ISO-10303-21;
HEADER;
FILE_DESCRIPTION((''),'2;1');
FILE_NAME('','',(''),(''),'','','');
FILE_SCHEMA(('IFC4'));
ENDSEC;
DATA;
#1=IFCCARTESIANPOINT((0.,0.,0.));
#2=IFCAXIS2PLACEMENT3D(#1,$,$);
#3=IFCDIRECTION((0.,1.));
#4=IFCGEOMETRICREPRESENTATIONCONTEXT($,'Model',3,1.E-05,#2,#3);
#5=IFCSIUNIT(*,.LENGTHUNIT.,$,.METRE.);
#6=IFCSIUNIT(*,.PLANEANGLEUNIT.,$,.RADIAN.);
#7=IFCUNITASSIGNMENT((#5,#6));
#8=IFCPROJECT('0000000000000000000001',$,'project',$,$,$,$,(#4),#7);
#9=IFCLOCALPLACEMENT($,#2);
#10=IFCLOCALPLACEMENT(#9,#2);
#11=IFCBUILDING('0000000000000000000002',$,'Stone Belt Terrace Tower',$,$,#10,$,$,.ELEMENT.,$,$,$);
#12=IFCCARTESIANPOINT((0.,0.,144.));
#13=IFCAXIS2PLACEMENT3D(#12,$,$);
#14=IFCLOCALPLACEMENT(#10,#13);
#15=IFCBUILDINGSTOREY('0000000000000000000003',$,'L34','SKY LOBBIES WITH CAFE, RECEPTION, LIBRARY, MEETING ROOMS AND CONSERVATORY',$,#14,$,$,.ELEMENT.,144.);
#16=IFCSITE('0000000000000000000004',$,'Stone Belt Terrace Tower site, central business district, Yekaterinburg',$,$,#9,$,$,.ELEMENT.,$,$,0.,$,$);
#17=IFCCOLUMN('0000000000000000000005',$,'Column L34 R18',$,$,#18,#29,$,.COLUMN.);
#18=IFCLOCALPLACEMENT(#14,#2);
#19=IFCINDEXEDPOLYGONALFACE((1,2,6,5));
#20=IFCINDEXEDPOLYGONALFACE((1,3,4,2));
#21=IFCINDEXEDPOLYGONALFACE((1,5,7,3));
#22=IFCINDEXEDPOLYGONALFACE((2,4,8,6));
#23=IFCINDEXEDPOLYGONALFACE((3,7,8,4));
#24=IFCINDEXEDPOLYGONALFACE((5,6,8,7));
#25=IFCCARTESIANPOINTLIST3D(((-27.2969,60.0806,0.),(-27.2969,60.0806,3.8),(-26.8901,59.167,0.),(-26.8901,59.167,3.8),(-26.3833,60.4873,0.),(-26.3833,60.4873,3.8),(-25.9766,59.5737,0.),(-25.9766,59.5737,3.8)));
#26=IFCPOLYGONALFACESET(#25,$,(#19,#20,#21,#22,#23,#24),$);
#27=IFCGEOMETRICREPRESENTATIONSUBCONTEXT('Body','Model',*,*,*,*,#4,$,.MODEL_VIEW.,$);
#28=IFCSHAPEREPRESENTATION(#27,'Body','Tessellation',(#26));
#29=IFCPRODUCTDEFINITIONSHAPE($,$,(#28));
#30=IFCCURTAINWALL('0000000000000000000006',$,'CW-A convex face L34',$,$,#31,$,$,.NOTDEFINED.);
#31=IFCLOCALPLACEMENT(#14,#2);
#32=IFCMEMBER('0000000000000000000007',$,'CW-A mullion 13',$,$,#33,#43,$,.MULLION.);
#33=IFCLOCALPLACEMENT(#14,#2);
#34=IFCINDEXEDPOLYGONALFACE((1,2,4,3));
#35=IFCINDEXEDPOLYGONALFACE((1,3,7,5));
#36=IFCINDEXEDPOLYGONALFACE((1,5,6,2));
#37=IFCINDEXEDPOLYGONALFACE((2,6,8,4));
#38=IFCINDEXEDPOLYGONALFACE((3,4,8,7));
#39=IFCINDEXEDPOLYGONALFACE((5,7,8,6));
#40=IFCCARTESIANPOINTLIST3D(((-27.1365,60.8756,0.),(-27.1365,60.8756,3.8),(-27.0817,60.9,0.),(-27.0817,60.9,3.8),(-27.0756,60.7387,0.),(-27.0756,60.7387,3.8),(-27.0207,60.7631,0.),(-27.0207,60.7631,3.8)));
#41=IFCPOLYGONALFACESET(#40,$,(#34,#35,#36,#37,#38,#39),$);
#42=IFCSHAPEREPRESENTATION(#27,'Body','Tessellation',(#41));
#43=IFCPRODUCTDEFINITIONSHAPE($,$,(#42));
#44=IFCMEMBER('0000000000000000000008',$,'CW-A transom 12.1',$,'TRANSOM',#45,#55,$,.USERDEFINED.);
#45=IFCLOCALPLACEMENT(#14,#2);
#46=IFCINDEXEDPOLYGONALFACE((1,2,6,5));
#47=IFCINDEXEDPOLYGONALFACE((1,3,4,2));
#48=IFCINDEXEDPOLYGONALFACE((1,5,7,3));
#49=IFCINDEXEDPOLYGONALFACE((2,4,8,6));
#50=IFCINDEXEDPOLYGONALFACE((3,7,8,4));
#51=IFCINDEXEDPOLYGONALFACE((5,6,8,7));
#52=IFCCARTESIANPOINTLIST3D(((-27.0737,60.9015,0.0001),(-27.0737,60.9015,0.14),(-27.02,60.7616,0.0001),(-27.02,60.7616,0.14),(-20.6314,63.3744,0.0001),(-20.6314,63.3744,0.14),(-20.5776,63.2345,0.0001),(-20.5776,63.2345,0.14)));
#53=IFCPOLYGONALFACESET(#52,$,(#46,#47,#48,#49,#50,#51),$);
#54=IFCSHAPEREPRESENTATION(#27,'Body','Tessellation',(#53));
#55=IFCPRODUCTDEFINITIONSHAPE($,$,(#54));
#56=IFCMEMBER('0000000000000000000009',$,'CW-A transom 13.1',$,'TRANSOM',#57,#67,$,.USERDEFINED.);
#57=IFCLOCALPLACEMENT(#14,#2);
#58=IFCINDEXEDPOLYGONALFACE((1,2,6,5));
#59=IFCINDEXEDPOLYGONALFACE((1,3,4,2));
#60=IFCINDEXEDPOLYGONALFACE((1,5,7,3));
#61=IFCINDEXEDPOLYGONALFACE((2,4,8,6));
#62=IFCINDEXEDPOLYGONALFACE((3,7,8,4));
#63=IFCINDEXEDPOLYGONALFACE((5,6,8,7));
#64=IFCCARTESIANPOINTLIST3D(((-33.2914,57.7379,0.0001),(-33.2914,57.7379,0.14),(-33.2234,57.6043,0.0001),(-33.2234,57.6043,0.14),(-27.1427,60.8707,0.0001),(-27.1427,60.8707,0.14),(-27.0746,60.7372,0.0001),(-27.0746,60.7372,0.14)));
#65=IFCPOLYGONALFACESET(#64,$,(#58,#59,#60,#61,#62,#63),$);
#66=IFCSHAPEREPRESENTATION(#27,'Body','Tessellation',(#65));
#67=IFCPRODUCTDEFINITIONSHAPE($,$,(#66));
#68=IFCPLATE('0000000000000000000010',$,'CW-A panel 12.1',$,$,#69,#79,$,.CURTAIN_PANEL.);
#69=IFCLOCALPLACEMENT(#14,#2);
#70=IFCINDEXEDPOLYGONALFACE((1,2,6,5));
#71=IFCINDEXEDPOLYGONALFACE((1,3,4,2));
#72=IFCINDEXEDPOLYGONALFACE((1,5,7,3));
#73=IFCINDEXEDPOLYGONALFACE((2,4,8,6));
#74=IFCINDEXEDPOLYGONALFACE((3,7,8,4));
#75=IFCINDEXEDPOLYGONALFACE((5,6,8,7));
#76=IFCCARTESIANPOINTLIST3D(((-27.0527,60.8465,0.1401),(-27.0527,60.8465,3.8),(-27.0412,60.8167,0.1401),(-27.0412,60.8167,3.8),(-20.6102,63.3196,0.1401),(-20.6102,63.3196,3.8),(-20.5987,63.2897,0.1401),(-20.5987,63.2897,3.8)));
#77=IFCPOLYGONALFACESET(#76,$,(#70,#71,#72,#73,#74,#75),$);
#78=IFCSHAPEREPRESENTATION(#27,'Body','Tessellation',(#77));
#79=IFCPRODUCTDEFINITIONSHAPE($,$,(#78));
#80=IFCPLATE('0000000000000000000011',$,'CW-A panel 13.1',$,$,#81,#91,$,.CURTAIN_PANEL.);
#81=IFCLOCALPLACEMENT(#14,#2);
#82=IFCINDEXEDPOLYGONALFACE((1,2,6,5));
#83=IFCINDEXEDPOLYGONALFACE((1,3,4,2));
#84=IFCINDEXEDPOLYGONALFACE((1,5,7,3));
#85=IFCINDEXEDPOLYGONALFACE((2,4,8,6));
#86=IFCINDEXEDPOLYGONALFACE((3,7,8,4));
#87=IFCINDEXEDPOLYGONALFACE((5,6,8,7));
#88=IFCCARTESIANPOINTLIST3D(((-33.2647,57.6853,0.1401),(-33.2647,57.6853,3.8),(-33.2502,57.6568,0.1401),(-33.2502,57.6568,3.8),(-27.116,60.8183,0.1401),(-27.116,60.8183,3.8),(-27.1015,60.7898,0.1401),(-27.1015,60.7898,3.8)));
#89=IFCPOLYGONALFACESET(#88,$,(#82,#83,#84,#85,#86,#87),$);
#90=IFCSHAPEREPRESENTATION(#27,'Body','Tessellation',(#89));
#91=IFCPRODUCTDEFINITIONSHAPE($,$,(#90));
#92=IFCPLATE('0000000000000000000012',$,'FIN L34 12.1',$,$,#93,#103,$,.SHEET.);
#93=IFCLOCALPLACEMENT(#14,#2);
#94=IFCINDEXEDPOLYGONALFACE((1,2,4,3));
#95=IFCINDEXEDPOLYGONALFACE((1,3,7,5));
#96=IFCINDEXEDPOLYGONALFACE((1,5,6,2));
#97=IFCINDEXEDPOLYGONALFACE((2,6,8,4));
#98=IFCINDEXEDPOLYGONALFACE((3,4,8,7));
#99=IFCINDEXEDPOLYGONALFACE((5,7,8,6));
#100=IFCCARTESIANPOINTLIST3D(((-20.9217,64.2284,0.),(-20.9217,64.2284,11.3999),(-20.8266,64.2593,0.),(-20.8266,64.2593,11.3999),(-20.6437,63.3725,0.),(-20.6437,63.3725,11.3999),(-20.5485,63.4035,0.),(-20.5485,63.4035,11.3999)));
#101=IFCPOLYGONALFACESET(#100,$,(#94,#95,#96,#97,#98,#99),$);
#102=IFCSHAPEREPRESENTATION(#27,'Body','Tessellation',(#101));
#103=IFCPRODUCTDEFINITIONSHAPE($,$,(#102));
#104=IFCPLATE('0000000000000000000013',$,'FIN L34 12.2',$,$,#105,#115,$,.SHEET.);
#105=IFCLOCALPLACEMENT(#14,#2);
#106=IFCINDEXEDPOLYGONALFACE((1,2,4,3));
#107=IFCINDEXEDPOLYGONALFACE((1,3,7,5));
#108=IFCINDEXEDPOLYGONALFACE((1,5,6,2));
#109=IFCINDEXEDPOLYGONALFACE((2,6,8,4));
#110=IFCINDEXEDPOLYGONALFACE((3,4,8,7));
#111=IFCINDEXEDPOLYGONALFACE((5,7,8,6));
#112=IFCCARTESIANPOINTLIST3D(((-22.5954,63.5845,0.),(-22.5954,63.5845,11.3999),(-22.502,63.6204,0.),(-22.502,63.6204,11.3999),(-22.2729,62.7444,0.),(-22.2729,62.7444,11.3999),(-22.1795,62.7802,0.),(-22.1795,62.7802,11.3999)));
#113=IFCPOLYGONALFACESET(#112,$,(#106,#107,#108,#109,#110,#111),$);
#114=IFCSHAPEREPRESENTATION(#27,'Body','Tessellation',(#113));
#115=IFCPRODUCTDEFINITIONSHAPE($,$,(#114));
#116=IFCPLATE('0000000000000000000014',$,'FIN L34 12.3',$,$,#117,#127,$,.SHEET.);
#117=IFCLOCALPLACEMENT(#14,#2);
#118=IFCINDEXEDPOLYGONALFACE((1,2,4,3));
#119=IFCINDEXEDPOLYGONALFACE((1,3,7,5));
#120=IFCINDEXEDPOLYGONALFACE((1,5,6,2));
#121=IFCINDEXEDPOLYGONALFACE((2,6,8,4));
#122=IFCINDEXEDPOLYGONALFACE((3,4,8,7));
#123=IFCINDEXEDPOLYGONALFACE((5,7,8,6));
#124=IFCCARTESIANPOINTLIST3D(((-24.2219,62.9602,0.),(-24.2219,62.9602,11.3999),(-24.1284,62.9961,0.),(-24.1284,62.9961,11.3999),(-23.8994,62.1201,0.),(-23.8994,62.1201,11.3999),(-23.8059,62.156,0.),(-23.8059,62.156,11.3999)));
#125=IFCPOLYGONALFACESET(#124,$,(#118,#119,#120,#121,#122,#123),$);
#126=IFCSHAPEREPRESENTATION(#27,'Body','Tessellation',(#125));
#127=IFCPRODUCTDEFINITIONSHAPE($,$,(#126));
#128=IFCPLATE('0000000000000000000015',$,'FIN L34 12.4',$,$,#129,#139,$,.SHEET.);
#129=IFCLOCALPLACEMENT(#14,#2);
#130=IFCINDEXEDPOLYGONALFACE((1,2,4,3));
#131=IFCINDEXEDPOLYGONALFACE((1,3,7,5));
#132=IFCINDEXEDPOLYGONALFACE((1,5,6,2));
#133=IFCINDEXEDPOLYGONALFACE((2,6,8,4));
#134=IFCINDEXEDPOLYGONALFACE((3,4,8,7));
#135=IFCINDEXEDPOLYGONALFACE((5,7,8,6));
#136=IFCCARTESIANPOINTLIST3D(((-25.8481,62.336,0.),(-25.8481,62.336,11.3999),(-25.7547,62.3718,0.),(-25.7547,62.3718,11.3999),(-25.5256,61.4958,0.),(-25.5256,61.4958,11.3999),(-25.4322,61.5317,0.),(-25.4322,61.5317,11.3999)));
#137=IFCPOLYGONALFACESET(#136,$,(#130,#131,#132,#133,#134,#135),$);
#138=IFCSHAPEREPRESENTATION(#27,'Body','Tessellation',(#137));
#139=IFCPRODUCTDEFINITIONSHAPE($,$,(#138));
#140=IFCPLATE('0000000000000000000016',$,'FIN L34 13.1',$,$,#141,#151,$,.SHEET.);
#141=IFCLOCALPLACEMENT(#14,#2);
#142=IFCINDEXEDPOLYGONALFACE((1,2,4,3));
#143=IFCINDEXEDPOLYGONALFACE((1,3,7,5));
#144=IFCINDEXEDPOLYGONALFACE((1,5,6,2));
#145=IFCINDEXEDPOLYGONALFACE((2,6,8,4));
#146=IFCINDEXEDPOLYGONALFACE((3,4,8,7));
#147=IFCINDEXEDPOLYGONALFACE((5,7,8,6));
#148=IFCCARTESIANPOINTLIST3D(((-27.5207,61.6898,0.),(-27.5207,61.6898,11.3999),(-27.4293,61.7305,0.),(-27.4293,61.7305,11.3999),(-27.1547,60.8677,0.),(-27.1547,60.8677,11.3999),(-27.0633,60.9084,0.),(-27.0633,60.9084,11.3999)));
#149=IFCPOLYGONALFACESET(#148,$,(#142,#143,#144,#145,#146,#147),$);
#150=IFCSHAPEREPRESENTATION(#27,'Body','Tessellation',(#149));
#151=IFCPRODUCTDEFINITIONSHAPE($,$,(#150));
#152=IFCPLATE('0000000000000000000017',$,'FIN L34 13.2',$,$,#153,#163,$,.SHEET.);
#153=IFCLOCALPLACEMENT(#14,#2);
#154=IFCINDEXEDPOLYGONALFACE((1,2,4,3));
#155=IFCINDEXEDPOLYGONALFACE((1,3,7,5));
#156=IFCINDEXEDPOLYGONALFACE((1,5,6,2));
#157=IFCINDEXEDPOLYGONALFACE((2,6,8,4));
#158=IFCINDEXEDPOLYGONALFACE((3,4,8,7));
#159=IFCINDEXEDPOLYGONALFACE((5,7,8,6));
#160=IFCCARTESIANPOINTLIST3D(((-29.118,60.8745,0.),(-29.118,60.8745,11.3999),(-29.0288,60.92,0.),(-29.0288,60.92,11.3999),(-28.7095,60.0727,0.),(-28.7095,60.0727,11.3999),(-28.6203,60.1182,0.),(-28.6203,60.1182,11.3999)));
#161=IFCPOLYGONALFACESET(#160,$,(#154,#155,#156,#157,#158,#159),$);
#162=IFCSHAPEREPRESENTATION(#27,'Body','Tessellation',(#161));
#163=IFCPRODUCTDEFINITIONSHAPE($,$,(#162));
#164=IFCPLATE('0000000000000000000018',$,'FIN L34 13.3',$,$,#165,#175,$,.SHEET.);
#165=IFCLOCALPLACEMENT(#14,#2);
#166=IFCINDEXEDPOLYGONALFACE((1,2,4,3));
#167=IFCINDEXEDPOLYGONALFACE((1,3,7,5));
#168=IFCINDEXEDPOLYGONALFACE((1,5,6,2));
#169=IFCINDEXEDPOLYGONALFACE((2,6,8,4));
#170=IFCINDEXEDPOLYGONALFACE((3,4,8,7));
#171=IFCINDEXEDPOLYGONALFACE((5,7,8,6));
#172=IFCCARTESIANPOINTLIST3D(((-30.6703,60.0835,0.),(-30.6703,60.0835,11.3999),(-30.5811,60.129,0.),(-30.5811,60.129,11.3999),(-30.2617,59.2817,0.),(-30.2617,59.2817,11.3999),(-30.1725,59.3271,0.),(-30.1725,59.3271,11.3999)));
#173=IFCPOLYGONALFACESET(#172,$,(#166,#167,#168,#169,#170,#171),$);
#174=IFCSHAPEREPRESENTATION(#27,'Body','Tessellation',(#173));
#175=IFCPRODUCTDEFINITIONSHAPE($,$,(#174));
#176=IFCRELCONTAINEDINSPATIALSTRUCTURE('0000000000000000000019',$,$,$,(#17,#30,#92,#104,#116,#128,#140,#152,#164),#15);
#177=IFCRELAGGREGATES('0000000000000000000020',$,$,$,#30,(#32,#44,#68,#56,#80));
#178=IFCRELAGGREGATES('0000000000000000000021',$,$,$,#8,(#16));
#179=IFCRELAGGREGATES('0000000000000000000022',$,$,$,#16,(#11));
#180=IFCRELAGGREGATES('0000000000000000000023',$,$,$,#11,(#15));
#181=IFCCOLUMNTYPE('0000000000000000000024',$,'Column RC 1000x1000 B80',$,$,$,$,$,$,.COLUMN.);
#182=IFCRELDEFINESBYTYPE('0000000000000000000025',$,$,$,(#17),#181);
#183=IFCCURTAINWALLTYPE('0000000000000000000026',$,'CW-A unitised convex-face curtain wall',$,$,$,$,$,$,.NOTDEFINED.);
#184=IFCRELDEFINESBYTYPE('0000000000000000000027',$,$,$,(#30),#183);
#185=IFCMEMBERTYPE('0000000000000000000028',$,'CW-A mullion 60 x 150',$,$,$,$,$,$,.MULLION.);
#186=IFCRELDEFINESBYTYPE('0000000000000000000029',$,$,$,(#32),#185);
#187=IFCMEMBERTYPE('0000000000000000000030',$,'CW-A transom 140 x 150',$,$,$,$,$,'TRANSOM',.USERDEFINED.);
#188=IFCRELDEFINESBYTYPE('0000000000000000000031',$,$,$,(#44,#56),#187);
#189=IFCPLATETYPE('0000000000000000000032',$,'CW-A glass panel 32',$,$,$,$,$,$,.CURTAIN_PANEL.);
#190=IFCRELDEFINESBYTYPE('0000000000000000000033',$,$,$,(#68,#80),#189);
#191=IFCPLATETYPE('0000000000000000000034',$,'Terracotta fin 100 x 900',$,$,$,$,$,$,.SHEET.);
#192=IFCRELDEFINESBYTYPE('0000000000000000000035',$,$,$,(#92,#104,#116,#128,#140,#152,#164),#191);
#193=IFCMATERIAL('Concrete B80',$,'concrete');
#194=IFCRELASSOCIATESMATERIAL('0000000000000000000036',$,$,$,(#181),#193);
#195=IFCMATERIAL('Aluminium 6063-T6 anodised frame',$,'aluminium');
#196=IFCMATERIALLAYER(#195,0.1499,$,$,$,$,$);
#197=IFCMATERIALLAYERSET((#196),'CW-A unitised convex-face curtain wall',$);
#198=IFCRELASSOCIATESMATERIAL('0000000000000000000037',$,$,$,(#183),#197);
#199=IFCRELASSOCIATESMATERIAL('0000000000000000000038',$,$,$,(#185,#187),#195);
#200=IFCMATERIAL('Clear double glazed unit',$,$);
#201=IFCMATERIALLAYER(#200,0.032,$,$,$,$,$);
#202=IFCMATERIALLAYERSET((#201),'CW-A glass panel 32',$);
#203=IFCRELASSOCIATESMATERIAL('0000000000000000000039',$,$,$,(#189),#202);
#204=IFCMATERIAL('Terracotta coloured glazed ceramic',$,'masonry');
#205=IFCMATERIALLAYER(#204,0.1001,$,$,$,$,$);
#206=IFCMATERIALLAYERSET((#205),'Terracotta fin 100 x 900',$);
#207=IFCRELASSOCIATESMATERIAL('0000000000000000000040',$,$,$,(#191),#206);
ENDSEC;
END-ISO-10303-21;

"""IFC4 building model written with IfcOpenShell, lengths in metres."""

from ifc_helpers import new_model, si_unit, direction, frame, origin, origin_2d, place, context, subcontext, project, spatial, rectangle, extrude, material, layer, layer_set, material_profile, profile_set, type_object, element, aggregate, save


model = new_model("IFC4")

# Units and contexts
model_context = context("Model", 3, precision=1e-05, world=origin(), true_north=direction((0.0, 1.0)))
body_context = subcontext(model_context, "Body", "Model", "MODEL_VIEW")
ifc_project = project(units=[si_unit("LENGTHUNIT", "METRE"), si_unit("PLANEANGLEUNIT", "RADIAN")], contexts=[model_context])

# Site, building, storey
site_placement = place(None, origin())
site = spatial("IfcSite", under=ifc_project, at=site_placement, Name="Stone Belt Terrace Tower site, central business district, Yekaterinburg", CompositionType="ELEMENT", RefElevation=0.0)
building_placement = place(site_placement, origin())
building = spatial("IfcBuilding", under=site, at=building_placement, Name="Stone Belt Terrace Tower", CompositionType="ELEMENT")
storey_placement = place(building_placement, frame((0.0, 0.0, 144.0)))
storey = spatial("IfcBuildingStorey", under=building, at=storey_placement, Name="L34", Description="SKY LOBBIES WITH CAFE, RECEPTION, LIBRARY, MEETING ROOMS AND CONSERVATORY", CompositionType="ELEMENT", Elevation=144.0)

# Column
ifc_material_1 = material(Name="Concrete B80", Category="concrete")
ifc_material_profile_1 = material_profile(ifc_material_1, rectangle(XDim=1.0, YDim=1.0, at=origin_2d()), Name="RC 1000x1000")
ifc_profile_set_1 = profile_set([ifc_material_profile_1], Name="Concrete B80")
column_type = type_object("IfcColumnType", Name="Column RC 1000x1000 B80", PredefinedType="COLUMN", material=ifc_profile_set_1)
column_placement = place(storey_placement, frame((-26.6367, 59.8271, 0.0), z_axis=(0.0, 0.0, 1.0), x_axis=(0.913545, 0.406737, 0.0)))
element("IfcColumn", 1, at=column_placement, inside=storey, type_object=column_type, Name="Column L34 R18", PredefinedType="COLUMN", context=body_context, shape_type="SweptSolid", body=[
    extrude(rectangle(XDim=1.0, YDim=1.0, at=origin_2d()), origin(), (0.0, 0.0, 1.0), 3.8),
])

# Curtain wall, members, plates
ifc_material_2 = material(Name="Aluminium 6063-T6 anodised frame", Category="aluminium")
ifc_layer_1 = layer(ifc_material_2, 0.1499)
ifc_layer_set_1 = layer_set([ifc_layer_1], Name="CW-A unitised convex-face curtain wall")
curtain_wall_type = type_object("IfcCurtainWallType", Name="CW-A unitised convex-face curtain wall", PredefinedType="NOTDEFINED", material=ifc_layer_set_1)
curtain_wall_placement = place(storey_placement, origin())
curtain_wall = element("IfcCurtainWall", 2, at=curtain_wall_placement, inside=storey, type_object=curtain_wall_type, Name="CW-A convex face L34", PredefinedType="NOTDEFINED")
ifc_material_profile_2 = material_profile(ifc_material_2, rectangle(XDim=0.1499, YDim=0.0601, at=origin_2d()), Name="Aluminium 6063-T6 60x150")
ifc_profile_set_2 = profile_set([ifc_material_profile_2], Name="Aluminium 6063-T6 anodised frame")
member_type_1 = type_object("IfcMemberType", Name="CW-A mullion 60 x 150", PredefinedType="MULLION", material=ifc_profile_set_2)
member_1_placement = place(storey_placement, frame((-27.0786, 60.8193, 0.0), z_axis=(0.0, 0.0, 1.0), x_axis=(0.406737, -0.913545, 0.0)))
member_1 = element("IfcMember", 3, at=member_1_placement, type_object=member_type_1, Name="CW-A mullion 13", PredefinedType="MULLION", context=body_context, shape_type="SweptSolid", body=[
    extrude(rectangle(XDim=0.1499, YDim=0.0601, at=origin_2d()), origin(), (0.0, 0.0, 1.0), 3.8),
])
ifc_material_profile_3 = material_profile(ifc_material_2, rectangle(XDim=0.1499, YDim=0.1399, at=origin_2d()), Name="Aluminium 6063-T6 150x140")
ifc_profile_set_3 = profile_set([ifc_material_profile_3], Name="Aluminium 6063-T6 anodised frame")
member_type_2 = type_object("IfcMemberType", Name="CW-A transom 140 x 150", ElementType="TRANSOM", PredefinedType="USERDEFINED", material=ifc_profile_set_3)
member_2_placement = place(storey_placement, frame((-20.6045, 63.3044, 0.0701), z_axis=(-0.933585, -0.358355, 0.0), x_axis=(0.358355, -0.933585, 0.0)))
member_2 = element("IfcMember", 4, at=member_2_placement, type_object=member_type_2, Name="CW-A transom 12.1", ObjectType="TRANSOM", PredefinedType="USERDEFINED", context=body_context, shape_type="SweptSolid", body=[
    extrude(rectangle(XDim=0.1499, YDim=0.1399, at=origin_2d()), origin(), (0.0, 0.0, 1.0), 6.9006),
])
member_3_placement = place(storey_placement, frame((-27.1086, 60.804, 0.0701), z_axis=(-0.891012, -0.453979, 0.0), x_axis=(0.453979, -0.891012, 0.0)))
member_3 = element("IfcMember", 5, at=member_3_placement, type_object=member_type_2, Name="CW-A transom 13.1", ObjectType="TRANSOM", PredefinedType="USERDEFINED", context=body_context, shape_type="SweptSolid", body=[
    extrude(rectangle(XDim=0.1499, YDim=0.1399, at=origin_2d()), origin(), (0.0, 0.0, 1.0), 6.9009),
])
ifc_material_3 = material(Name="Clear double glazed unit")
ifc_layer_2 = layer(ifc_material_3, 0.032)
ifc_layer_set_2 = layer_set([ifc_layer_2], Name="CW-A glass panel 32")
plate_type_1 = type_object("IfcPlateType", Name="CW-A glass panel 32", PredefinedType="CURTAIN_PANEL", material=ifc_layer_set_2)
plate_1_placement = place(storey_placement, frame((-23.8257, 62.0681, 0.1401), z_axis=(0.0, 0.0, 1.0), x_axis=(-0.93358, -0.358368, 0.0)))
plate_1 = element("IfcPlate", 6, at=plate_1_placement, type_object=plate_type_1, Name="CW-A panel 12.1", PredefinedType="CURTAIN_PANEL", context=body_context, shape_type="SweptSolid", body=[
    extrude(rectangle(XDim=6.9009, YDim=0.032, at=origin_2d()), origin(), (0.0, 0.0, 1.0), 3.6599),
])
plate_2_placement = place(storey_placement, frame((-30.1831, 59.2375, 0.1401), z_axis=(0.0, 0.0, 1.0), x_axis=(-0.891007, -0.45399, 0.0)))
plate_2 = element("IfcPlate", 7, at=plate_2_placement, type_object=plate_type_1, Name="CW-A panel 13.1", PredefinedType="CURTAIN_PANEL", context=body_context, shape_type="SweptSolid", body=[
    extrude(rectangle(XDim=6.9009, YDim=0.032, at=origin_2d()), origin(), (0.0, 0.0, 1.0), 3.6599),
])
aggregate(curtain_wall, [member_1, member_2, plate_1, member_3, plate_2])

# Plates
ifc_material_4 = material(Name="Terracotta coloured glazed ceramic", Category="masonry")
ifc_layer_3 = layer(ifc_material_4, 0.1001)
ifc_layer_set_3 = layer_set([ifc_layer_3], Name="Terracotta fin 100 x 900")
plate_type_2 = type_object("IfcPlateType", Name="Terracotta fin 100 x 900", PredefinedType="SHEET", material=ifc_layer_set_3)
for number, where, z_axis, x_axis, name in (
    (8, (-20.7351, 63.8159, 0.0), (0.0, 0.0, 1.0), (-0.309017, 0.951057, 0.0), "FIN L34 12.1"),
    (9, (-22.3875, 63.1824, 0.0), (0.0, 0.0, 1.0), (-0.358368, 0.93358, 0.0), "FIN L34 12.2"),
    (10, (-24.0139, 62.5581, 0.0), (0.0, 0.0, 1.0), (-0.358368, 0.93358, 0.0), "FIN L34 12.3"),
    (11, (-25.6401, 61.9338, 0.0), (0.0, 0.0, 1.0), (-0.358368, 0.93358, 0.0), "FIN L34 12.4"),
    (12, (-27.292, 61.2991, 0.0), (0.0, 0.0, 1.0), (-0.406737, 0.913545, 0.0), "FIN L34 13.1"),
    (13, (-28.8691, 60.4963, 0.0), (0.0, 0.0, 1.0), (-0.45399, 0.891007, 0.0), "FIN L34 13.2"),
    (14, (-30.4214, 59.7053, 0.0), (0.0, 0.0, 1.0), (-0.45399, 0.891007, 0.0), "FIN L34 13.3"),
):
    element("IfcPlate", number, at=place(storey_placement, frame(where, z_axis=z_axis, x_axis=x_axis)), inside=storey, type_object=plate_type_2, Name=name, PredefinedType="SHEET", context=body_context, shape_type="SweptSolid", body=[
        extrude(rectangle(XDim=0.8999, YDim=0.1001, at=origin_2d()), origin(), (0.0, 0.0, 1.0), 11.3999),
    ])

save(model, "model.ifc")
